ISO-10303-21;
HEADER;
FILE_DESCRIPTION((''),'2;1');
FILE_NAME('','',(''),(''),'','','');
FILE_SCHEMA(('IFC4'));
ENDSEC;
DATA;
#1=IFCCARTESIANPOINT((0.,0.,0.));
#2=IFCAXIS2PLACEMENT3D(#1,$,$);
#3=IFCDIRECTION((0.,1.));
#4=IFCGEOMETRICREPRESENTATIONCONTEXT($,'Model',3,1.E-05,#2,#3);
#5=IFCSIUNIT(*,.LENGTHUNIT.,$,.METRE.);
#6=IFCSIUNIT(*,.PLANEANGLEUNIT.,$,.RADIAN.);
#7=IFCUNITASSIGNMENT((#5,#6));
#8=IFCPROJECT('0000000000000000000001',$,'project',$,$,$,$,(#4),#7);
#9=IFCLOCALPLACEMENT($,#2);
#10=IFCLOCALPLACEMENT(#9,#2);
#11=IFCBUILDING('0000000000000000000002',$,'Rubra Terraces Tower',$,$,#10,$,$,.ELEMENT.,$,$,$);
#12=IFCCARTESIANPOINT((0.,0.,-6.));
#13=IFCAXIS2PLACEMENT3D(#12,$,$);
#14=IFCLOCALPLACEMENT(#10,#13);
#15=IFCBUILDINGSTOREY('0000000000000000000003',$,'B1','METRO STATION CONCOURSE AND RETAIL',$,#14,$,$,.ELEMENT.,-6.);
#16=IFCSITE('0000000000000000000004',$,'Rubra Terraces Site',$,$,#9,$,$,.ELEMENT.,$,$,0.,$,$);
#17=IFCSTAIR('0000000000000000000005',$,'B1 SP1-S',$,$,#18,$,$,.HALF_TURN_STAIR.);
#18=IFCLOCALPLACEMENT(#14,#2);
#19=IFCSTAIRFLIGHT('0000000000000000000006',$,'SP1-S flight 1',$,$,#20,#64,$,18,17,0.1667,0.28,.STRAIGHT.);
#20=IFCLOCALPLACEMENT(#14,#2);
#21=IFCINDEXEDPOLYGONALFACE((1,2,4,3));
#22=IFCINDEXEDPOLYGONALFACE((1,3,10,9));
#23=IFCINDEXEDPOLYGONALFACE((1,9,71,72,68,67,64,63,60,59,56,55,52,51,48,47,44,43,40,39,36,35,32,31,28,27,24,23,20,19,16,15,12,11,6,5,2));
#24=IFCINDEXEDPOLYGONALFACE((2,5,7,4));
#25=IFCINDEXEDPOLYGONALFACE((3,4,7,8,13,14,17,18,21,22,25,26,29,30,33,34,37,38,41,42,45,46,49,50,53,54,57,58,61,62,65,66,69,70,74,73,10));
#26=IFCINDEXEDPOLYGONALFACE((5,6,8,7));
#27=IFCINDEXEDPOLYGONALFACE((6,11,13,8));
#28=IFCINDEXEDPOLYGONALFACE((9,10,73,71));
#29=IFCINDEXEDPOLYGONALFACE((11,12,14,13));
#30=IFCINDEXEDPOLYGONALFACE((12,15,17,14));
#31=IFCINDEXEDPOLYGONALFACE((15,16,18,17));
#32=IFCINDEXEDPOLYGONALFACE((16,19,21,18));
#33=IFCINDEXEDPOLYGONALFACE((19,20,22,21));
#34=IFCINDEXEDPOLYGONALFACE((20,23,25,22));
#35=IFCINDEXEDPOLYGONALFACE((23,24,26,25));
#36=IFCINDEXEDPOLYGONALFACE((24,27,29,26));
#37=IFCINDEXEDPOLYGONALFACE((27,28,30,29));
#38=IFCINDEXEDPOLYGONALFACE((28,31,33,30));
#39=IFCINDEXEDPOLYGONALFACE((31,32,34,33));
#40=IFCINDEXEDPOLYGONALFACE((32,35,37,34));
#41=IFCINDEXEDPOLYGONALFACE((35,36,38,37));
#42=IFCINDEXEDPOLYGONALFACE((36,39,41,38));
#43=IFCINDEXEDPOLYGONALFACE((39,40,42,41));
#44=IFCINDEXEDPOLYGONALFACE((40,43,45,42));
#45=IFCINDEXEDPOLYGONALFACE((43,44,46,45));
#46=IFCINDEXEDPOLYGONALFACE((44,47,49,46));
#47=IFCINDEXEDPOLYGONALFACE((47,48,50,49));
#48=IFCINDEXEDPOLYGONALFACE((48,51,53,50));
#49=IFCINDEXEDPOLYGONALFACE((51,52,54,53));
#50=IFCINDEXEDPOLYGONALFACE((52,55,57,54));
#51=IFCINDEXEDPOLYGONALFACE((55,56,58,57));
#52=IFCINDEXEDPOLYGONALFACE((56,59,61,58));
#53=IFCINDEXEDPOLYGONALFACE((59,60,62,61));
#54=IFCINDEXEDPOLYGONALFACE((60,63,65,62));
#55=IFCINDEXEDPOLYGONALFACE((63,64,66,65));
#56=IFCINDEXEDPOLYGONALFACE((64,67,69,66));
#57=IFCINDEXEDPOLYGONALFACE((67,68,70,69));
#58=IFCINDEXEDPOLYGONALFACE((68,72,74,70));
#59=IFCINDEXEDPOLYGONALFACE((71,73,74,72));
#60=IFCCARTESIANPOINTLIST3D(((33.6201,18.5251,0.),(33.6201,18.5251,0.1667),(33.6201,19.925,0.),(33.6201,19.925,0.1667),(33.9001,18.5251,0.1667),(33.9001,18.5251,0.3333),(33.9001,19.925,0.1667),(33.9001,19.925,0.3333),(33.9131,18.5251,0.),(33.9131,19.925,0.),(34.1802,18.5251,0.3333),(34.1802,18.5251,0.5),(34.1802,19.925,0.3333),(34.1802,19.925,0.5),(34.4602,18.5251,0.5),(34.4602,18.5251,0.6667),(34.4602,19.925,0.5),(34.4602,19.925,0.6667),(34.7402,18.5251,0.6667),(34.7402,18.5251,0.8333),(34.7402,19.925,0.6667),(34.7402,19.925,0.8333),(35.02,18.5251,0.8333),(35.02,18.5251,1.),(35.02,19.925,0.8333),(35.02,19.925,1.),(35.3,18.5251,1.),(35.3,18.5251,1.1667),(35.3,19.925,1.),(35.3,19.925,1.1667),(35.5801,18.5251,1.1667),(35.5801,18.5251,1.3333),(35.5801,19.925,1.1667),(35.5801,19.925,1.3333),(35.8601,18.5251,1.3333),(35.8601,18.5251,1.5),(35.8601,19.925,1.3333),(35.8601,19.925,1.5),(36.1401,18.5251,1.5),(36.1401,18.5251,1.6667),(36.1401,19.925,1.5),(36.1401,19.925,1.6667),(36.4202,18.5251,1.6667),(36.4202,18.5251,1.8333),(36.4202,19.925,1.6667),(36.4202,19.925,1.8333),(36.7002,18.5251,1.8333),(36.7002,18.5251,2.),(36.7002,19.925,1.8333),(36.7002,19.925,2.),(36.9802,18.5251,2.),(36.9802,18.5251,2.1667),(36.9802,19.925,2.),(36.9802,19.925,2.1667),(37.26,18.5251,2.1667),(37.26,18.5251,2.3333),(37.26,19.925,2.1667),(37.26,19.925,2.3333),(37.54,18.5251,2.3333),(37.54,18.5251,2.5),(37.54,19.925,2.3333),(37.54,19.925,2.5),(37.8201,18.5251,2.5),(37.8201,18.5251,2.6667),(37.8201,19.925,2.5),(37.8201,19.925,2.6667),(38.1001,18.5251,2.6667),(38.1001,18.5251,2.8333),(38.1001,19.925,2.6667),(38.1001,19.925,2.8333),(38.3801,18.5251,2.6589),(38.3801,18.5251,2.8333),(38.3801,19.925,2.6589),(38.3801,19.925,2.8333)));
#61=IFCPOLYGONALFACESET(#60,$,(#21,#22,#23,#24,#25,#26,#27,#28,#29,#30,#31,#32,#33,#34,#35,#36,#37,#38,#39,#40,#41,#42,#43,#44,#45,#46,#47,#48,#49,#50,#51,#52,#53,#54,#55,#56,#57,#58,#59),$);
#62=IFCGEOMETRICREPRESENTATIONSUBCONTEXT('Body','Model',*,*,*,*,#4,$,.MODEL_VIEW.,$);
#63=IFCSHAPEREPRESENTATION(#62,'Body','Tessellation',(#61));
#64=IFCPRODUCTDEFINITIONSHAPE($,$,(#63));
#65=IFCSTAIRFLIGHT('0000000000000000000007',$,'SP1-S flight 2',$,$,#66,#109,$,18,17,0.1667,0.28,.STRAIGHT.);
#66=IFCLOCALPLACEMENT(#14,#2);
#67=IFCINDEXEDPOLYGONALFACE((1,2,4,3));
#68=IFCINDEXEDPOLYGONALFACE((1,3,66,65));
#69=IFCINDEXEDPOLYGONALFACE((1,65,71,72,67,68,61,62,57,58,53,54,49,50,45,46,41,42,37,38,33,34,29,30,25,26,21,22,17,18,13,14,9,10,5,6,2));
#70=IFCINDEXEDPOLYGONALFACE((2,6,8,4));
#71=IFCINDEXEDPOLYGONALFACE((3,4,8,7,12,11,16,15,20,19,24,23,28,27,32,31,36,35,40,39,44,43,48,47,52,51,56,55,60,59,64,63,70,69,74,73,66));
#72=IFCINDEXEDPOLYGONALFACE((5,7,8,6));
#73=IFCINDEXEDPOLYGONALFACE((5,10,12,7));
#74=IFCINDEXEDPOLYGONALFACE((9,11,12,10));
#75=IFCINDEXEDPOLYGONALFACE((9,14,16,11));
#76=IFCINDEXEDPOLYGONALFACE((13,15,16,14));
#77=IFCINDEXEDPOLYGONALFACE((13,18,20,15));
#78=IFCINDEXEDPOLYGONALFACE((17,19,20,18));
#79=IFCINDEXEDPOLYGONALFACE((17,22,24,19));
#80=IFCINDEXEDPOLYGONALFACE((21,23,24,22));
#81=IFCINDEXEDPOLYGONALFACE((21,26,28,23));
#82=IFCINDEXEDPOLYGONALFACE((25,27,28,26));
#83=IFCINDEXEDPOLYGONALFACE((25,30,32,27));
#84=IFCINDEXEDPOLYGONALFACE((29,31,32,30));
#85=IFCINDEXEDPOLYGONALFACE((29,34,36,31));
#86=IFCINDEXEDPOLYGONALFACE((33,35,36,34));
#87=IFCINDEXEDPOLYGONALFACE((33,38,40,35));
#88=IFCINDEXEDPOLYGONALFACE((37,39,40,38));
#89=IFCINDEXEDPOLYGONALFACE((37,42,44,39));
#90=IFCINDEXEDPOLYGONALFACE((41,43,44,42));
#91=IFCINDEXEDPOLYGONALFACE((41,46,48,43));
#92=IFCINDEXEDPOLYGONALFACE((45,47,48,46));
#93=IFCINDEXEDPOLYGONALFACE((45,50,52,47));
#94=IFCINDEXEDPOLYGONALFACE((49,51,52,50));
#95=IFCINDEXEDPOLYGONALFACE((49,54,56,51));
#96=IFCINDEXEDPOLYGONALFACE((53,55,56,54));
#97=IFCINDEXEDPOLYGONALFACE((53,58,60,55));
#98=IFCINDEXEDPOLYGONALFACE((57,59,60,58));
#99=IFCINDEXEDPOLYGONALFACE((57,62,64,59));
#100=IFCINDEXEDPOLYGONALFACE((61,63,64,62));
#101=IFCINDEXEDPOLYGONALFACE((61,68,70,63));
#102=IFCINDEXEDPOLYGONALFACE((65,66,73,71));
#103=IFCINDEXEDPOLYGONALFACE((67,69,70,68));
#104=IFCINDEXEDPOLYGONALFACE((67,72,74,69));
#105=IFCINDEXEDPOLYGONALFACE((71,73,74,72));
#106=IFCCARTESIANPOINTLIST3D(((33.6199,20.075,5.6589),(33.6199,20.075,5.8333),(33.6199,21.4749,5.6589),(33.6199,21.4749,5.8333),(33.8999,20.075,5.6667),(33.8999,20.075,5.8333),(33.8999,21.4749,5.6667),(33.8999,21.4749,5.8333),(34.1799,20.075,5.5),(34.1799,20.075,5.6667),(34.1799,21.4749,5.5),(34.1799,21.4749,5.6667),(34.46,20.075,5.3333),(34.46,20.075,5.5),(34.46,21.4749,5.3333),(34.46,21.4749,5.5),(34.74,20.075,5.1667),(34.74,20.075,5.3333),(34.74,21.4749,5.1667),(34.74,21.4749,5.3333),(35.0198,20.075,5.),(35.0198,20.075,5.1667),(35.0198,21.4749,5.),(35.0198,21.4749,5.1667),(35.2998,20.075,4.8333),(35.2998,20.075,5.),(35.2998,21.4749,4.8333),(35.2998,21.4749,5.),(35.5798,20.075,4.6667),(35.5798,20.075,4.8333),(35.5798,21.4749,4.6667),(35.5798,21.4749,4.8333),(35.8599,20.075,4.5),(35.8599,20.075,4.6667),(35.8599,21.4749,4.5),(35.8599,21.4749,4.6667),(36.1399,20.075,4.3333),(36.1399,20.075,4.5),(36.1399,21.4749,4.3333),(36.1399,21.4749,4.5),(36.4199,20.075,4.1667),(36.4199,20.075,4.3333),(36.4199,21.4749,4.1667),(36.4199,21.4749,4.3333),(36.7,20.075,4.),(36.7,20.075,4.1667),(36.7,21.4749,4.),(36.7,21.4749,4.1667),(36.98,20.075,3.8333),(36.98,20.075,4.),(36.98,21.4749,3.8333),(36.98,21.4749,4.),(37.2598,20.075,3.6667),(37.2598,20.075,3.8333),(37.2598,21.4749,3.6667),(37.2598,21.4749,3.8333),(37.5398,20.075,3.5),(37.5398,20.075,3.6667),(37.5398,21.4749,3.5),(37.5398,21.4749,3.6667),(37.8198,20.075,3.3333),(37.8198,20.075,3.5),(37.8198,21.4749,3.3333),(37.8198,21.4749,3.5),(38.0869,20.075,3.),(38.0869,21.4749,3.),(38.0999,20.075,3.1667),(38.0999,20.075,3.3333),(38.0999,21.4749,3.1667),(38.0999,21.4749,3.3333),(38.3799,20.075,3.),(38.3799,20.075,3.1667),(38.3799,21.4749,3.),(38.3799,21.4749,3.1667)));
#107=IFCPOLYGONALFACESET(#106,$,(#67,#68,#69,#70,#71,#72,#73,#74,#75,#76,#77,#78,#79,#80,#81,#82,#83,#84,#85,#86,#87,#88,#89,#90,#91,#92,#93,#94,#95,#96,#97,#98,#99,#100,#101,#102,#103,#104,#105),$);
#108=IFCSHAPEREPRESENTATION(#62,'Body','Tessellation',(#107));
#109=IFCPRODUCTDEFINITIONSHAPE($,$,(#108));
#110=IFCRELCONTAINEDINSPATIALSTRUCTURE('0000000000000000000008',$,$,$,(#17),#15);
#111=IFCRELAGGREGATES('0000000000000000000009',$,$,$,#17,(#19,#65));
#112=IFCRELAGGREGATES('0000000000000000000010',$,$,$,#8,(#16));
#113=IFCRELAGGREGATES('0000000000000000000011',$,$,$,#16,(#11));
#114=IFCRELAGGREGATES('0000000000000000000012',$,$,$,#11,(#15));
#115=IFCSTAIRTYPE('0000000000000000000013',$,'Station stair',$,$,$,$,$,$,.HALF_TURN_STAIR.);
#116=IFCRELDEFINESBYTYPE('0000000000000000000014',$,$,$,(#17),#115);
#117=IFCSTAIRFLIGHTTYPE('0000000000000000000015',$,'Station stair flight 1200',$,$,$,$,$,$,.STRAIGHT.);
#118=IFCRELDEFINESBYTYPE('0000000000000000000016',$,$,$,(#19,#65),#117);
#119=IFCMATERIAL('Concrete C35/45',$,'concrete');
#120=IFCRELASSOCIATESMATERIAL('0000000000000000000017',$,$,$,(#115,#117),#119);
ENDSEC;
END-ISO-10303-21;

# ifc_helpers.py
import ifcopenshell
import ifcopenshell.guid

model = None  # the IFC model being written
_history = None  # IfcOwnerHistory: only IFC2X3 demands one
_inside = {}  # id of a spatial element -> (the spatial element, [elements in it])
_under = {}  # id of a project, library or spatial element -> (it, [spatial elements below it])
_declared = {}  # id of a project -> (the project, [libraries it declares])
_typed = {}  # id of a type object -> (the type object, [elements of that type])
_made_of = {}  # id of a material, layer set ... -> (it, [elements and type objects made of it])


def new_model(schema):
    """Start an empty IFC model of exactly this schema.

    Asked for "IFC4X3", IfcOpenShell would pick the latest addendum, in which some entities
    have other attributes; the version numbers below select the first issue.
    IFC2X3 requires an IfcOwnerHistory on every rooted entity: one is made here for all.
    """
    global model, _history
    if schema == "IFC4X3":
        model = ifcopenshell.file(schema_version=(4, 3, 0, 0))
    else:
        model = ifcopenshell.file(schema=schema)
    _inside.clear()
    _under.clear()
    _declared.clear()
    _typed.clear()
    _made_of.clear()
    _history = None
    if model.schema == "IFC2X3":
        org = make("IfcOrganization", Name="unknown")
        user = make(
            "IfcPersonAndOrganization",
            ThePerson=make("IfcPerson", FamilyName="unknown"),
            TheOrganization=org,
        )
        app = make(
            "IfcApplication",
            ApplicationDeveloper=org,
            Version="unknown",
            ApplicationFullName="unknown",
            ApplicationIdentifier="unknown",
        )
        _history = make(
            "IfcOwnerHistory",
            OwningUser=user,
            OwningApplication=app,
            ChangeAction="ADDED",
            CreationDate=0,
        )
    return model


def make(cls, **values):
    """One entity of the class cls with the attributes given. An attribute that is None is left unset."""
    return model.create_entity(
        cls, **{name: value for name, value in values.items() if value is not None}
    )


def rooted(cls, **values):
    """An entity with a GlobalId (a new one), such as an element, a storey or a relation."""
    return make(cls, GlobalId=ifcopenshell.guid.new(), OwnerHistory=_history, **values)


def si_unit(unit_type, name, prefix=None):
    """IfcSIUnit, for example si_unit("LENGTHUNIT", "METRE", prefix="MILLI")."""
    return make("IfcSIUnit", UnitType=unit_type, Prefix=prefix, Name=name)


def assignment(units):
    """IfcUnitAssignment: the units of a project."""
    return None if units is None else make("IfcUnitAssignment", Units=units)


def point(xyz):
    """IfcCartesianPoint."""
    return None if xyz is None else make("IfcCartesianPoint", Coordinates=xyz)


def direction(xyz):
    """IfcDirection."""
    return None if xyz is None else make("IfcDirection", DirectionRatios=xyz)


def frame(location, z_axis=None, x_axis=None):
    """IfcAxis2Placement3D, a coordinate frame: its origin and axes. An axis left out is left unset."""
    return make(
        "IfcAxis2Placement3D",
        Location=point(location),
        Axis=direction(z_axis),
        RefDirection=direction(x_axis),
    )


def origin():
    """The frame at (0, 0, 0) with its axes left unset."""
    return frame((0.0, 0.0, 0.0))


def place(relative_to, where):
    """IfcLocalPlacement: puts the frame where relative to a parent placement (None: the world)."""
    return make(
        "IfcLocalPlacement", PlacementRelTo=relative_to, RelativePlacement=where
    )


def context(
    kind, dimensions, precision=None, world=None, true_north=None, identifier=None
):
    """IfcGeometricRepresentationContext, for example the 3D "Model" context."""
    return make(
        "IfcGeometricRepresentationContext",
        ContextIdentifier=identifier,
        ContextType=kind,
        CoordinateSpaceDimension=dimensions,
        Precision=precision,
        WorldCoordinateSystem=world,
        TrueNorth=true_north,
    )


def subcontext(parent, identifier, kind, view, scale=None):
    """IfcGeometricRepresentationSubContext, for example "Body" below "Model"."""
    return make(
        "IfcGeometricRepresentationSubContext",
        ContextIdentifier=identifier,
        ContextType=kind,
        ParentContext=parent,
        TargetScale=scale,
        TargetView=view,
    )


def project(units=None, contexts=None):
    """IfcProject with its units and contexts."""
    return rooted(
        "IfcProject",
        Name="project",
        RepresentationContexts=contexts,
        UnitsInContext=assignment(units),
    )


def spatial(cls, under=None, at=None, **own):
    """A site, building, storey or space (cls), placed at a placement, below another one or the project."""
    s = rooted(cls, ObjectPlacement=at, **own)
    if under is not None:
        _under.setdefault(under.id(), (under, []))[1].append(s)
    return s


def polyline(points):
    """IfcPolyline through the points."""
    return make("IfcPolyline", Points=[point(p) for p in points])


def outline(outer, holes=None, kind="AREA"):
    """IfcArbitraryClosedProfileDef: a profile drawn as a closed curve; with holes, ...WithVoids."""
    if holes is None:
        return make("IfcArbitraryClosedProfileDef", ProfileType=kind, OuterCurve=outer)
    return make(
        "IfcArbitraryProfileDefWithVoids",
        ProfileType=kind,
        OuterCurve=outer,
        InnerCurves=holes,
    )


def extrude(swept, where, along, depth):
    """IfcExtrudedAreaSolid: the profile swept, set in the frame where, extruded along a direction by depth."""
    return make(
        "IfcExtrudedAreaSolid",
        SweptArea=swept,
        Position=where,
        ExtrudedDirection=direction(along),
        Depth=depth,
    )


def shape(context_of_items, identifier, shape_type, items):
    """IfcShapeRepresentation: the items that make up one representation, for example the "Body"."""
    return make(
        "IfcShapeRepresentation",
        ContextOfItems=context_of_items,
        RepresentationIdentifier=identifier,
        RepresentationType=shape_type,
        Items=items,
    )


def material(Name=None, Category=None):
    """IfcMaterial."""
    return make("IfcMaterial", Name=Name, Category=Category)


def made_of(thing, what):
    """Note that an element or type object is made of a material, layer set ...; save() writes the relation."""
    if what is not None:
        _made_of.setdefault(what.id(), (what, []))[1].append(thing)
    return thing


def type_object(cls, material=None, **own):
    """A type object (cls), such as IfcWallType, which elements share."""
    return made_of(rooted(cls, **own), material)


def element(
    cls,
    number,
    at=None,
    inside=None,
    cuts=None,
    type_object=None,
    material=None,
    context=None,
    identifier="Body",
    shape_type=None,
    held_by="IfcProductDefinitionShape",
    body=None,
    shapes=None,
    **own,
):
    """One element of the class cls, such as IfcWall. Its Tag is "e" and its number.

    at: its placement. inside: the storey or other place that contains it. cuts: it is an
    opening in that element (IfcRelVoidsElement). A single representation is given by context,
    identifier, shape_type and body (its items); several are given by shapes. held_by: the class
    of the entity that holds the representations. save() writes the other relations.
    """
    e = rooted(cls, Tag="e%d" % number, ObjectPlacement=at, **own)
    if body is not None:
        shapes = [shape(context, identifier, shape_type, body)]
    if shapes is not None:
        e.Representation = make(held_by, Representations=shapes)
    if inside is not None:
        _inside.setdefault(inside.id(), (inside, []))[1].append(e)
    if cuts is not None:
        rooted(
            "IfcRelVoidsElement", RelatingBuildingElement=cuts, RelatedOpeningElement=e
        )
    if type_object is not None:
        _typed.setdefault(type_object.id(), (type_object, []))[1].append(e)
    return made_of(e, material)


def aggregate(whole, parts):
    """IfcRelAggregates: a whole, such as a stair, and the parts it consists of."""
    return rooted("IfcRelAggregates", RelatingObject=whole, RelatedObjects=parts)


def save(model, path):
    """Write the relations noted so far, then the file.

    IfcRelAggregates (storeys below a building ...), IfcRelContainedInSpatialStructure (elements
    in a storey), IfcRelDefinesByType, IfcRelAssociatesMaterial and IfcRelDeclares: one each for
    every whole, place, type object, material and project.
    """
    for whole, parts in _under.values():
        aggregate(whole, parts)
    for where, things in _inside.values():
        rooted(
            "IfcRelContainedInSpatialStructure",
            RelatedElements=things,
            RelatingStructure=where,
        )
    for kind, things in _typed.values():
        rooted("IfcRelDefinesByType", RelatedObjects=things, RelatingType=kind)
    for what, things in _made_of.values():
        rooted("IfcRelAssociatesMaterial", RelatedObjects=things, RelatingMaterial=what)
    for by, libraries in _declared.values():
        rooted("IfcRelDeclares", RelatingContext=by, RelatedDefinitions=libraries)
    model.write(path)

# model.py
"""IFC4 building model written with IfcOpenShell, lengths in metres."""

from ifc_helpers import new_model, si_unit, direction, frame, origin, place, context, subcontext, project, spatial, polyline, outline, extrude, material, type_object, element, aggregate, save


model = new_model("IFC4")

# Units and contexts
model_context = context("Model", 3, precision=1e-05, world=origin(), true_north=direction((0.0, 1.0)))
body_context = subcontext(model_context, "Body", "Model", "MODEL_VIEW")
ifc_project = project(units=[si_unit("LENGTHUNIT", "METRE"), si_unit("PLANEANGLEUNIT", "RADIAN")], contexts=[model_context])

# Site, building, storey
site_placement = place(None, origin())
site = spatial("IfcSite", under=ifc_project, at=site_placement, Name="Rubra Terraces Site", CompositionType="ELEMENT", RefElevation=0.0)
building_placement = place(site_placement, origin())
building = spatial("IfcBuilding", under=site, at=building_placement, Name="Rubra Terraces Tower", CompositionType="ELEMENT")
storey_placement = place(building_placement, frame((0.0, 0.0, -6.0)))
storey = spatial("IfcBuildingStorey", under=building, at=storey_placement, Name="B1", Description="METRO STATION CONCOURSE AND RETAIL", CompositionType="ELEMENT", Elevation=-6.0)

# Stair, stair flights
ifc_material_1 = material(Name="Concrete C35/45", Category="concrete")
stair_type_1 = type_object("IfcStairType", Name="Station stair", PredefinedType="HALF_TURN_STAIR", material=ifc_material_1)
stair_1_placement = place(storey_placement, origin())
stair_1 = element("IfcStair", 1, at=stair_1_placement, inside=storey, type_object=stair_type_1, Name="B1 SP1-S", PredefinedType="HALF_TURN_STAIR")
stair_flight_type_1 = type_object("IfcStairFlightType", Name="Station stair flight 1200", PredefinedType="STRAIGHT", material=ifc_material_1)
stair_flight_1_placement = place(storey_placement, frame((33.6201, 19.2251, 0.0), z_axis=(0.0, 0.0, 1.0), x_axis=(1.0, 0.0, 0.0)))
stair_flight_1 = element("IfcStairFlight", 2, at=stair_flight_1_placement, type_object=stair_flight_type_1, Name="SP1-S flight 1", NumberOfRisers=18, NumberOfTreads=17, PredefinedType="STRAIGHT", RiserHeight=0.1667, TreadLength=0.28, context=body_context, shape_type="SweptSolid", body=[
    extrude(outline(polyline([(0.0, 0.0), (0.0, 0.1667), (0.28, 0.1667), (0.28, 0.3333), (0.5601, 0.3333), (0.5601, 0.5), (0.8401, 0.5), (0.8401, 0.6667), (1.1201, 0.6667), (1.1201, 0.8333), (1.3999, 0.8333), (1.3999, 1.0), (1.6799, 1.0), (1.6799, 1.1667), (1.96, 1.1667), (1.96, 1.3333), (2.24, 1.3333), (2.24, 1.5), (2.52, 1.5), (2.52, 1.6667), (2.8, 1.6667), (2.8, 1.8333), (3.0801, 1.8333), (3.0801, 2.0), (3.3601, 2.0), (3.3601, 2.1667), (3.6399, 2.1667), (3.6399, 2.3333), (3.9199, 2.3333), (3.9199, 2.5), (4.2, 2.5), (4.2, 2.6667), (4.48, 2.6667), (4.48, 2.8333), (4.76, 2.8333), (4.76, 3.0), (4.76, 2.6589), (0.293, 0.0), (0.0, 0.0)])), frame((0.0, 0.7, 0.0), z_axis=(0.0, -1.0, 0.0), x_axis=(1.0, 0.0, 0.0)), (0.0, 0.0, 1.0), 1.3999),
])
stair_flight_2_placement = place(storey_placement, frame((38.3799, 20.7749, 3.0), z_axis=(0.0, 0.0, 1.0), x_axis=(-1.0, 0.0, 0.0)))
stair_flight_2 = element("IfcStairFlight", 3, at=stair_flight_2_placement, type_object=stair_flight_type_1, Name="SP1-S flight 2", NumberOfRisers=18, NumberOfTreads=17, PredefinedType="STRAIGHT", RiserHeight=0.1667, TreadLength=0.28, context=body_context, shape_type="SweptSolid", body=[
    extrude(outline(polyline([(0.0, 0.0), (0.0, 0.1667), (0.28, 0.1667), (0.28, 0.3333), (0.5601, 0.3333), (0.5601, 0.5), (0.8401, 0.5), (0.8401, 0.6667), (1.1201, 0.6667), (1.1201, 0.8333), (1.3999, 0.8333), (1.3999, 1.0), (1.6799, 1.0), (1.6799, 1.1667), (1.96, 1.1667), (1.96, 1.3333), (2.24, 1.3333), (2.24, 1.5), (2.52, 1.5), (2.52, 1.6667), (2.8, 1.6667), (2.8, 1.8333), (3.0801, 1.8333), (3.0801, 2.0), (3.3601, 2.0), (3.3601, 2.1667), (3.6399, 2.1667), (3.6399, 2.3333), (3.9199, 2.3333), (3.9199, 2.5), (4.2, 2.5), (4.2, 2.6667), (4.48, 2.6667), (4.48, 2.8333), (4.76, 2.8333), (4.76, 3.0), (4.76, 2.6589), (0.293, 0.0), (0.0, 0.0)])), frame((0.0, 0.7, 0.0), z_axis=(0.0, -1.0, 0.0), x_axis=(1.0, 0.0, 0.0)), (0.0, 0.0, 1.0), 1.3999),
])
aggregate(stair_1, [stair_flight_1, stair_flight_2])

save(model, "model.ifc")
